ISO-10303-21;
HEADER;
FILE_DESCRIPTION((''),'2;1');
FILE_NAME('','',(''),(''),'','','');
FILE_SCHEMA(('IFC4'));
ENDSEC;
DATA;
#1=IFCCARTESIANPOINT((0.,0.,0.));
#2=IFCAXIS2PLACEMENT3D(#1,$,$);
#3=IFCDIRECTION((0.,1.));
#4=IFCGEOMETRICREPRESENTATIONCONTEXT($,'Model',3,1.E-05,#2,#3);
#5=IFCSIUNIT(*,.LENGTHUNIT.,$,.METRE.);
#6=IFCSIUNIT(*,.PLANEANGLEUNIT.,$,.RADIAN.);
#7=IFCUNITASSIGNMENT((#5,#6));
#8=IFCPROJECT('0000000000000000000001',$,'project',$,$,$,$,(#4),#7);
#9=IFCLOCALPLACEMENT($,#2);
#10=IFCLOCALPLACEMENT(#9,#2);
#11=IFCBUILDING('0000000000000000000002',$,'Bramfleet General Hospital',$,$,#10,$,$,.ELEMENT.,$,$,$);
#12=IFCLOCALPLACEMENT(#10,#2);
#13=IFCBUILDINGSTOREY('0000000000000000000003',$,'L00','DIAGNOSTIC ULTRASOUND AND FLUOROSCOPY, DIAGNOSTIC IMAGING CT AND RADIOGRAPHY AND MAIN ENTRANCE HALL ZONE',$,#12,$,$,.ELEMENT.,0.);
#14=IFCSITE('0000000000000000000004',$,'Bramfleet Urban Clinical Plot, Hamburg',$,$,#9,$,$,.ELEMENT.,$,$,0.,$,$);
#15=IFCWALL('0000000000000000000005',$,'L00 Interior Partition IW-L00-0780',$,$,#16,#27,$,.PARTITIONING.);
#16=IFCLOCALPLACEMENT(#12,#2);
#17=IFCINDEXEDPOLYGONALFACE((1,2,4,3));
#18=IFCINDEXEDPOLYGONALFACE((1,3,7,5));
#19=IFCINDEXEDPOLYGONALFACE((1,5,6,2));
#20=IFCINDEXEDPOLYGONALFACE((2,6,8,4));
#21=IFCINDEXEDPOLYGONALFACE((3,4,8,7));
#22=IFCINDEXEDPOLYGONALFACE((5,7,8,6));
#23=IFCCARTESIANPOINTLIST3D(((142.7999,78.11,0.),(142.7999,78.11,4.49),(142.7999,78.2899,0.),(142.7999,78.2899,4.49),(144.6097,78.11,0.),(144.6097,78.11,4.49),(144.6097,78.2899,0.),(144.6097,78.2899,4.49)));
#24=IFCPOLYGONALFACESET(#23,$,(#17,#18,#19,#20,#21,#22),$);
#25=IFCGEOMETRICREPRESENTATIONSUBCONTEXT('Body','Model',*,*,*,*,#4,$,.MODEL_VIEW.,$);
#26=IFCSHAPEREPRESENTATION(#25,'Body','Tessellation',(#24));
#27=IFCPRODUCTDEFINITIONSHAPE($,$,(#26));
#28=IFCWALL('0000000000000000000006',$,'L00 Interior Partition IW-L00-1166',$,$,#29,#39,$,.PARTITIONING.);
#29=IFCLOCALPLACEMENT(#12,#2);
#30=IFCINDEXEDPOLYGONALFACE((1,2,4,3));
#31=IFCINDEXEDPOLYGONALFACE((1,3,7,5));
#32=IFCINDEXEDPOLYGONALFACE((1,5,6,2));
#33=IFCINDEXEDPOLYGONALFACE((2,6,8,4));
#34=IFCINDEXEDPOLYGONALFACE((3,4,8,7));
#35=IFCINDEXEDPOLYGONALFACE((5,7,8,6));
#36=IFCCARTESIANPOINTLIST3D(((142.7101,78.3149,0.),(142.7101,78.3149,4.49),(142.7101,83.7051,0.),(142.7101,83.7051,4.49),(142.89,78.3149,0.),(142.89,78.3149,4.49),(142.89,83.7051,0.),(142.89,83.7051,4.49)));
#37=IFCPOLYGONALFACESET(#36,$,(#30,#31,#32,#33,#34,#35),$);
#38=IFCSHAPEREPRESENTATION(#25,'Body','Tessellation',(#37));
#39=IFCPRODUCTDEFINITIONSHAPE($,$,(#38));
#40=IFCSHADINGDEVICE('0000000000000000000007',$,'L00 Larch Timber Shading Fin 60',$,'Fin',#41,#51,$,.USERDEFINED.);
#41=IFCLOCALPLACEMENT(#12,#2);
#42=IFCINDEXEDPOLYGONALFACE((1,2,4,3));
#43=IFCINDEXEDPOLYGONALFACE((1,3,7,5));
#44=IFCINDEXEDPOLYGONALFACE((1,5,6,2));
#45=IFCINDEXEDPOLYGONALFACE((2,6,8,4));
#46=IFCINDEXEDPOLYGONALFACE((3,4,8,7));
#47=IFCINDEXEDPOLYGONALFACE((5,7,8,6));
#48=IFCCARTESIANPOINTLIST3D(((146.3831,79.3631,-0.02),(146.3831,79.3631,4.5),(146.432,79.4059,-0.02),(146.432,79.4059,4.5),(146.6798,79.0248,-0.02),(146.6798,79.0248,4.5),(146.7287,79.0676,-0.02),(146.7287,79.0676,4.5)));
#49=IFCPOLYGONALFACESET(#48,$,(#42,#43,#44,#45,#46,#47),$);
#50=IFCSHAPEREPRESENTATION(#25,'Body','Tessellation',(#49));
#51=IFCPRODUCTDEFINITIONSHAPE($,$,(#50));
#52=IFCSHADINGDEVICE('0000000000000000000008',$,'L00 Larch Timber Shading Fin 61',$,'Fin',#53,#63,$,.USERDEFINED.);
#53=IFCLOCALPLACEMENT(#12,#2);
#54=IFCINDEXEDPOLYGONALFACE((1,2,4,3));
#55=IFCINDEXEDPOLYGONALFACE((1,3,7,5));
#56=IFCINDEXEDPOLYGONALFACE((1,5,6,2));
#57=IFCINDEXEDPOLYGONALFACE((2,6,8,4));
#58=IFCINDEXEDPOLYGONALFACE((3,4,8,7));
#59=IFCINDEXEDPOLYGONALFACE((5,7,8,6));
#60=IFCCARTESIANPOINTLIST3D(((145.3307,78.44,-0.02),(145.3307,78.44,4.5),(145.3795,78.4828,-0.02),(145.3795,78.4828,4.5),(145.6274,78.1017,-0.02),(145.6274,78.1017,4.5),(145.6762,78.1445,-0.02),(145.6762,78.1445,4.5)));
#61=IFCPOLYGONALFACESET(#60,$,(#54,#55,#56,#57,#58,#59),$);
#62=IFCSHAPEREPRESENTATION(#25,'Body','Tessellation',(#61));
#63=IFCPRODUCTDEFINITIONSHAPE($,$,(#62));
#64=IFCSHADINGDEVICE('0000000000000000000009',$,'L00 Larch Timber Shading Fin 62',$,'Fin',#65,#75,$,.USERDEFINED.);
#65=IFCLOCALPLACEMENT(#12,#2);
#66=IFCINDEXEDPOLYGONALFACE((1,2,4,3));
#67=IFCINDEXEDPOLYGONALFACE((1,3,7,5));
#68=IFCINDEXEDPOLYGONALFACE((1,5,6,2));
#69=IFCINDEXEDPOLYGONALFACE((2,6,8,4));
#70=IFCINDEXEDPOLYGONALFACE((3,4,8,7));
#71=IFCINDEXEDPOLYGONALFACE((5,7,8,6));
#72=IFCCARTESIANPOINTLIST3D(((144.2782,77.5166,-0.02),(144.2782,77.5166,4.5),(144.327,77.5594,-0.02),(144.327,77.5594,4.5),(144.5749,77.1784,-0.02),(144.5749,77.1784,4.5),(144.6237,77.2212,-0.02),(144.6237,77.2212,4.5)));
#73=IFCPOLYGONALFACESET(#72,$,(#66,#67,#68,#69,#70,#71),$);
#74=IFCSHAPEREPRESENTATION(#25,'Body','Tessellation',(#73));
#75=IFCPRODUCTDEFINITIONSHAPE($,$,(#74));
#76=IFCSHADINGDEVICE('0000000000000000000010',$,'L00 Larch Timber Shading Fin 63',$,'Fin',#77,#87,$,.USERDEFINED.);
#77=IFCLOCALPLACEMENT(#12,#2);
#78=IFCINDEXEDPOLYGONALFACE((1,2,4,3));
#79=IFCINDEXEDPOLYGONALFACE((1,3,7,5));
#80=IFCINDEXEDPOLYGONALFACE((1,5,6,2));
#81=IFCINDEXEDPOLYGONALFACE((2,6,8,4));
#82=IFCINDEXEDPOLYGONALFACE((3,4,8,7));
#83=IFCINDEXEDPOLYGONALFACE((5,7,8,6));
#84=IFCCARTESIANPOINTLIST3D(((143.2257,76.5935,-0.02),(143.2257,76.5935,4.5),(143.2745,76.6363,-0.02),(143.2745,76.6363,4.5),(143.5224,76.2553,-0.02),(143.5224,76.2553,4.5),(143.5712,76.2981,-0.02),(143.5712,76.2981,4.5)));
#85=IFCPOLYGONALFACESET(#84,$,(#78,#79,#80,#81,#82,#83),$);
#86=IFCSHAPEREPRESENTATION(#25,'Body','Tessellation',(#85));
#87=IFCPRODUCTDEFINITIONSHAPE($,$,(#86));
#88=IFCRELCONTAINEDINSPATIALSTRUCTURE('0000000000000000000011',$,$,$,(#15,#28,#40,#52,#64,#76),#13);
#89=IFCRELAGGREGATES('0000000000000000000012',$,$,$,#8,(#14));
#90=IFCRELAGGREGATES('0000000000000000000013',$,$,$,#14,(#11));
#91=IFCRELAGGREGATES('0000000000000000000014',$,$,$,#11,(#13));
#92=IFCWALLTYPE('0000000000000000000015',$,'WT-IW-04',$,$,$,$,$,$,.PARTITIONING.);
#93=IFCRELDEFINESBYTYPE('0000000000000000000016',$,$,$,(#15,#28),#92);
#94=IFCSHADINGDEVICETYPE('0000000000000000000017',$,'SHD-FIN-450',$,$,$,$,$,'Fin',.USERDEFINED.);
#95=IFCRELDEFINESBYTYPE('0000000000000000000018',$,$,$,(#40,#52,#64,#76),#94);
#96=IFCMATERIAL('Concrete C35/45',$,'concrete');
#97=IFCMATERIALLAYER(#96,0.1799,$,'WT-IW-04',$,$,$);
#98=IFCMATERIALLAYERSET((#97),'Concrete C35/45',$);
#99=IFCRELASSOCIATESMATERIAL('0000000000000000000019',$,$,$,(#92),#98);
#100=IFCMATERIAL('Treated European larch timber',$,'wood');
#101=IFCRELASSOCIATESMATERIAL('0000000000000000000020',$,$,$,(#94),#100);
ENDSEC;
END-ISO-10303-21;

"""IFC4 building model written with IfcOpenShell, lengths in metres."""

from ifc_helpers import new_model, si_unit, direction, frame, frame_2d, origin, origin_2d, place, context, subcontext, project, spatial, rectangle, extrude, material, layer, layer_set, material_profile, profile_set, type_object, element, save


model = new_model("IFC4")

# Units and contexts
model_context = context("Model", 3, precision=1e-05, world=origin(), true_north=direction((0.0, 1.0)))
body_context = subcontext(model_context, "Body", "Model", "MODEL_VIEW")
ifc_project = project(units=[si_unit("LENGTHUNIT", "METRE"), si_unit("PLANEANGLEUNIT", "RADIAN")], contexts=[model_context])

# Site, building, storey
site_placement = place(None, origin())
site = spatial("IfcSite", under=ifc_project, at=site_placement, Name="Bramfleet Urban Clinical Plot, Hamburg", CompositionType="ELEMENT", RefElevation=0.0)
building_placement = place(site_placement, origin())
building = spatial("IfcBuilding", under=site, at=building_placement, Name="Bramfleet General Hospital", CompositionType="ELEMENT")
storey_placement = place(building_placement, origin())
storey = spatial("IfcBuildingStorey", under=building, at=storey_placement, Name="L00", Description="DIAGNOSTIC ULTRASOUND AND FLUOROSCOPY, DIAGNOSTIC IMAGING CT AND RADIOGRAPHY AND MAIN ENTRANCE HALL ZONE", CompositionType="ELEMENT", Elevation=0.0)

# Walls
ifc_material_1 = material(Name="Concrete C35/45", Category="concrete")
ifc_layer_1 = layer(ifc_material_1, 0.1799, Name="WT-IW-04")
ifc_layer_set_1 = layer_set([ifc_layer_1], Name="Concrete C35/45")
wall_type = type_object("IfcWallType", Name="WT-IW-04", PredefinedType="PARTITIONING", material=ifc_layer_set_1)
wall_1_placement = place(storey_placement, frame((142.8, 78.2, 0.0), z_axis=(0.0, 0.0, 1.0), x_axis=(1.0, 0.0, 0.0)))
element("IfcWall", 1, at=wall_1_placement, inside=storey, type_object=wall_type, Name="L00 Interior Partition IW-L00-0780", PredefinedType="PARTITIONING", context=body_context, shape_type="SweptSolid", body=[
    extrude(rectangle(XDim=1.8098, YDim=0.1799, at=frame_2d((0.9048, 0.0))), origin(), (0.0, 0.0, 1.0), 4.49),
])
wall_2_placement = place(storey_placement, frame((142.8, 78.3149, 0.0), z_axis=(0.0, 0.0, 1.0), x_axis=(0.0, 1.0, 0.0)))
element("IfcWall", 2, at=wall_2_placement, inside=storey, type_object=wall_type, Name="L00 Interior Partition IW-L00-1166", PredefinedType="PARTITIONING", context=body_context, shape_type="SweptSolid", body=[
    extrude(rectangle(XDim=5.3901, YDim=0.1799, at=frame_2d((2.6951, 0.0))), origin(), (0.0, 0.0, 1.0), 4.49),
])

# Shading devices
ifc_material_2 = material(Name="Treated European larch timber", Category="wood")
ifc_material_profile_1 = material_profile(ifc_material_2, rectangle(XDim=0.0649, YDim=0.45, at=origin_2d()), Name="LARCH FIN 450x65")
ifc_profile_set_1 = profile_set([ifc_material_profile_1], Name="Treated European larch timber")
shading_device_type = type_object("IfcShadingDeviceType", Name="SHD-FIN-450", ElementType="Fin", PredefinedType="USERDEFINED", material=ifc_profile_set_1)
for number, where, z_axis, x_axis, name in (
    (3, (146.5559, 79.2153, -0.02), (0.0, 0.0, 1.0), (-0.751787, -0.659406, 0.0), "L00 Larch Timber Shading Fin 60"),
    (4, (145.5034, 78.2922, -0.02), (0.0, 0.0, 1.0), (-0.751787, -0.659406, 0.0), "L00 Larch Timber Shading Fin 61"),
    (5, (144.4509, 77.3689, -0.02), (0.0, 0.0, 1.0), (-0.751787, -0.659406, 0.0), "L00 Larch Timber Shading Fin 62"),
    (6, (143.3984, 76.4458, -0.02), (0.0, 0.0, 1.0), (-0.751787, -0.659406, 0.0), "L00 Larch Timber Shading Fin 63"),
):
    element("IfcShadingDevice", number, at=place(storey_placement, frame(where, z_axis=z_axis, x_axis=x_axis)), inside=storey, type_object=shading_device_type, Name=name, ObjectType="Fin", PredefinedType="USERDEFINED", context=body_context, shape_type="SweptSolid", body=[
        extrude(rectangle(XDim=0.0649, YDim=0.45, at=origin_2d()), origin(), (0.0, 0.0, 1.0), 4.52),
    ])

save(model, "model.ifc")
